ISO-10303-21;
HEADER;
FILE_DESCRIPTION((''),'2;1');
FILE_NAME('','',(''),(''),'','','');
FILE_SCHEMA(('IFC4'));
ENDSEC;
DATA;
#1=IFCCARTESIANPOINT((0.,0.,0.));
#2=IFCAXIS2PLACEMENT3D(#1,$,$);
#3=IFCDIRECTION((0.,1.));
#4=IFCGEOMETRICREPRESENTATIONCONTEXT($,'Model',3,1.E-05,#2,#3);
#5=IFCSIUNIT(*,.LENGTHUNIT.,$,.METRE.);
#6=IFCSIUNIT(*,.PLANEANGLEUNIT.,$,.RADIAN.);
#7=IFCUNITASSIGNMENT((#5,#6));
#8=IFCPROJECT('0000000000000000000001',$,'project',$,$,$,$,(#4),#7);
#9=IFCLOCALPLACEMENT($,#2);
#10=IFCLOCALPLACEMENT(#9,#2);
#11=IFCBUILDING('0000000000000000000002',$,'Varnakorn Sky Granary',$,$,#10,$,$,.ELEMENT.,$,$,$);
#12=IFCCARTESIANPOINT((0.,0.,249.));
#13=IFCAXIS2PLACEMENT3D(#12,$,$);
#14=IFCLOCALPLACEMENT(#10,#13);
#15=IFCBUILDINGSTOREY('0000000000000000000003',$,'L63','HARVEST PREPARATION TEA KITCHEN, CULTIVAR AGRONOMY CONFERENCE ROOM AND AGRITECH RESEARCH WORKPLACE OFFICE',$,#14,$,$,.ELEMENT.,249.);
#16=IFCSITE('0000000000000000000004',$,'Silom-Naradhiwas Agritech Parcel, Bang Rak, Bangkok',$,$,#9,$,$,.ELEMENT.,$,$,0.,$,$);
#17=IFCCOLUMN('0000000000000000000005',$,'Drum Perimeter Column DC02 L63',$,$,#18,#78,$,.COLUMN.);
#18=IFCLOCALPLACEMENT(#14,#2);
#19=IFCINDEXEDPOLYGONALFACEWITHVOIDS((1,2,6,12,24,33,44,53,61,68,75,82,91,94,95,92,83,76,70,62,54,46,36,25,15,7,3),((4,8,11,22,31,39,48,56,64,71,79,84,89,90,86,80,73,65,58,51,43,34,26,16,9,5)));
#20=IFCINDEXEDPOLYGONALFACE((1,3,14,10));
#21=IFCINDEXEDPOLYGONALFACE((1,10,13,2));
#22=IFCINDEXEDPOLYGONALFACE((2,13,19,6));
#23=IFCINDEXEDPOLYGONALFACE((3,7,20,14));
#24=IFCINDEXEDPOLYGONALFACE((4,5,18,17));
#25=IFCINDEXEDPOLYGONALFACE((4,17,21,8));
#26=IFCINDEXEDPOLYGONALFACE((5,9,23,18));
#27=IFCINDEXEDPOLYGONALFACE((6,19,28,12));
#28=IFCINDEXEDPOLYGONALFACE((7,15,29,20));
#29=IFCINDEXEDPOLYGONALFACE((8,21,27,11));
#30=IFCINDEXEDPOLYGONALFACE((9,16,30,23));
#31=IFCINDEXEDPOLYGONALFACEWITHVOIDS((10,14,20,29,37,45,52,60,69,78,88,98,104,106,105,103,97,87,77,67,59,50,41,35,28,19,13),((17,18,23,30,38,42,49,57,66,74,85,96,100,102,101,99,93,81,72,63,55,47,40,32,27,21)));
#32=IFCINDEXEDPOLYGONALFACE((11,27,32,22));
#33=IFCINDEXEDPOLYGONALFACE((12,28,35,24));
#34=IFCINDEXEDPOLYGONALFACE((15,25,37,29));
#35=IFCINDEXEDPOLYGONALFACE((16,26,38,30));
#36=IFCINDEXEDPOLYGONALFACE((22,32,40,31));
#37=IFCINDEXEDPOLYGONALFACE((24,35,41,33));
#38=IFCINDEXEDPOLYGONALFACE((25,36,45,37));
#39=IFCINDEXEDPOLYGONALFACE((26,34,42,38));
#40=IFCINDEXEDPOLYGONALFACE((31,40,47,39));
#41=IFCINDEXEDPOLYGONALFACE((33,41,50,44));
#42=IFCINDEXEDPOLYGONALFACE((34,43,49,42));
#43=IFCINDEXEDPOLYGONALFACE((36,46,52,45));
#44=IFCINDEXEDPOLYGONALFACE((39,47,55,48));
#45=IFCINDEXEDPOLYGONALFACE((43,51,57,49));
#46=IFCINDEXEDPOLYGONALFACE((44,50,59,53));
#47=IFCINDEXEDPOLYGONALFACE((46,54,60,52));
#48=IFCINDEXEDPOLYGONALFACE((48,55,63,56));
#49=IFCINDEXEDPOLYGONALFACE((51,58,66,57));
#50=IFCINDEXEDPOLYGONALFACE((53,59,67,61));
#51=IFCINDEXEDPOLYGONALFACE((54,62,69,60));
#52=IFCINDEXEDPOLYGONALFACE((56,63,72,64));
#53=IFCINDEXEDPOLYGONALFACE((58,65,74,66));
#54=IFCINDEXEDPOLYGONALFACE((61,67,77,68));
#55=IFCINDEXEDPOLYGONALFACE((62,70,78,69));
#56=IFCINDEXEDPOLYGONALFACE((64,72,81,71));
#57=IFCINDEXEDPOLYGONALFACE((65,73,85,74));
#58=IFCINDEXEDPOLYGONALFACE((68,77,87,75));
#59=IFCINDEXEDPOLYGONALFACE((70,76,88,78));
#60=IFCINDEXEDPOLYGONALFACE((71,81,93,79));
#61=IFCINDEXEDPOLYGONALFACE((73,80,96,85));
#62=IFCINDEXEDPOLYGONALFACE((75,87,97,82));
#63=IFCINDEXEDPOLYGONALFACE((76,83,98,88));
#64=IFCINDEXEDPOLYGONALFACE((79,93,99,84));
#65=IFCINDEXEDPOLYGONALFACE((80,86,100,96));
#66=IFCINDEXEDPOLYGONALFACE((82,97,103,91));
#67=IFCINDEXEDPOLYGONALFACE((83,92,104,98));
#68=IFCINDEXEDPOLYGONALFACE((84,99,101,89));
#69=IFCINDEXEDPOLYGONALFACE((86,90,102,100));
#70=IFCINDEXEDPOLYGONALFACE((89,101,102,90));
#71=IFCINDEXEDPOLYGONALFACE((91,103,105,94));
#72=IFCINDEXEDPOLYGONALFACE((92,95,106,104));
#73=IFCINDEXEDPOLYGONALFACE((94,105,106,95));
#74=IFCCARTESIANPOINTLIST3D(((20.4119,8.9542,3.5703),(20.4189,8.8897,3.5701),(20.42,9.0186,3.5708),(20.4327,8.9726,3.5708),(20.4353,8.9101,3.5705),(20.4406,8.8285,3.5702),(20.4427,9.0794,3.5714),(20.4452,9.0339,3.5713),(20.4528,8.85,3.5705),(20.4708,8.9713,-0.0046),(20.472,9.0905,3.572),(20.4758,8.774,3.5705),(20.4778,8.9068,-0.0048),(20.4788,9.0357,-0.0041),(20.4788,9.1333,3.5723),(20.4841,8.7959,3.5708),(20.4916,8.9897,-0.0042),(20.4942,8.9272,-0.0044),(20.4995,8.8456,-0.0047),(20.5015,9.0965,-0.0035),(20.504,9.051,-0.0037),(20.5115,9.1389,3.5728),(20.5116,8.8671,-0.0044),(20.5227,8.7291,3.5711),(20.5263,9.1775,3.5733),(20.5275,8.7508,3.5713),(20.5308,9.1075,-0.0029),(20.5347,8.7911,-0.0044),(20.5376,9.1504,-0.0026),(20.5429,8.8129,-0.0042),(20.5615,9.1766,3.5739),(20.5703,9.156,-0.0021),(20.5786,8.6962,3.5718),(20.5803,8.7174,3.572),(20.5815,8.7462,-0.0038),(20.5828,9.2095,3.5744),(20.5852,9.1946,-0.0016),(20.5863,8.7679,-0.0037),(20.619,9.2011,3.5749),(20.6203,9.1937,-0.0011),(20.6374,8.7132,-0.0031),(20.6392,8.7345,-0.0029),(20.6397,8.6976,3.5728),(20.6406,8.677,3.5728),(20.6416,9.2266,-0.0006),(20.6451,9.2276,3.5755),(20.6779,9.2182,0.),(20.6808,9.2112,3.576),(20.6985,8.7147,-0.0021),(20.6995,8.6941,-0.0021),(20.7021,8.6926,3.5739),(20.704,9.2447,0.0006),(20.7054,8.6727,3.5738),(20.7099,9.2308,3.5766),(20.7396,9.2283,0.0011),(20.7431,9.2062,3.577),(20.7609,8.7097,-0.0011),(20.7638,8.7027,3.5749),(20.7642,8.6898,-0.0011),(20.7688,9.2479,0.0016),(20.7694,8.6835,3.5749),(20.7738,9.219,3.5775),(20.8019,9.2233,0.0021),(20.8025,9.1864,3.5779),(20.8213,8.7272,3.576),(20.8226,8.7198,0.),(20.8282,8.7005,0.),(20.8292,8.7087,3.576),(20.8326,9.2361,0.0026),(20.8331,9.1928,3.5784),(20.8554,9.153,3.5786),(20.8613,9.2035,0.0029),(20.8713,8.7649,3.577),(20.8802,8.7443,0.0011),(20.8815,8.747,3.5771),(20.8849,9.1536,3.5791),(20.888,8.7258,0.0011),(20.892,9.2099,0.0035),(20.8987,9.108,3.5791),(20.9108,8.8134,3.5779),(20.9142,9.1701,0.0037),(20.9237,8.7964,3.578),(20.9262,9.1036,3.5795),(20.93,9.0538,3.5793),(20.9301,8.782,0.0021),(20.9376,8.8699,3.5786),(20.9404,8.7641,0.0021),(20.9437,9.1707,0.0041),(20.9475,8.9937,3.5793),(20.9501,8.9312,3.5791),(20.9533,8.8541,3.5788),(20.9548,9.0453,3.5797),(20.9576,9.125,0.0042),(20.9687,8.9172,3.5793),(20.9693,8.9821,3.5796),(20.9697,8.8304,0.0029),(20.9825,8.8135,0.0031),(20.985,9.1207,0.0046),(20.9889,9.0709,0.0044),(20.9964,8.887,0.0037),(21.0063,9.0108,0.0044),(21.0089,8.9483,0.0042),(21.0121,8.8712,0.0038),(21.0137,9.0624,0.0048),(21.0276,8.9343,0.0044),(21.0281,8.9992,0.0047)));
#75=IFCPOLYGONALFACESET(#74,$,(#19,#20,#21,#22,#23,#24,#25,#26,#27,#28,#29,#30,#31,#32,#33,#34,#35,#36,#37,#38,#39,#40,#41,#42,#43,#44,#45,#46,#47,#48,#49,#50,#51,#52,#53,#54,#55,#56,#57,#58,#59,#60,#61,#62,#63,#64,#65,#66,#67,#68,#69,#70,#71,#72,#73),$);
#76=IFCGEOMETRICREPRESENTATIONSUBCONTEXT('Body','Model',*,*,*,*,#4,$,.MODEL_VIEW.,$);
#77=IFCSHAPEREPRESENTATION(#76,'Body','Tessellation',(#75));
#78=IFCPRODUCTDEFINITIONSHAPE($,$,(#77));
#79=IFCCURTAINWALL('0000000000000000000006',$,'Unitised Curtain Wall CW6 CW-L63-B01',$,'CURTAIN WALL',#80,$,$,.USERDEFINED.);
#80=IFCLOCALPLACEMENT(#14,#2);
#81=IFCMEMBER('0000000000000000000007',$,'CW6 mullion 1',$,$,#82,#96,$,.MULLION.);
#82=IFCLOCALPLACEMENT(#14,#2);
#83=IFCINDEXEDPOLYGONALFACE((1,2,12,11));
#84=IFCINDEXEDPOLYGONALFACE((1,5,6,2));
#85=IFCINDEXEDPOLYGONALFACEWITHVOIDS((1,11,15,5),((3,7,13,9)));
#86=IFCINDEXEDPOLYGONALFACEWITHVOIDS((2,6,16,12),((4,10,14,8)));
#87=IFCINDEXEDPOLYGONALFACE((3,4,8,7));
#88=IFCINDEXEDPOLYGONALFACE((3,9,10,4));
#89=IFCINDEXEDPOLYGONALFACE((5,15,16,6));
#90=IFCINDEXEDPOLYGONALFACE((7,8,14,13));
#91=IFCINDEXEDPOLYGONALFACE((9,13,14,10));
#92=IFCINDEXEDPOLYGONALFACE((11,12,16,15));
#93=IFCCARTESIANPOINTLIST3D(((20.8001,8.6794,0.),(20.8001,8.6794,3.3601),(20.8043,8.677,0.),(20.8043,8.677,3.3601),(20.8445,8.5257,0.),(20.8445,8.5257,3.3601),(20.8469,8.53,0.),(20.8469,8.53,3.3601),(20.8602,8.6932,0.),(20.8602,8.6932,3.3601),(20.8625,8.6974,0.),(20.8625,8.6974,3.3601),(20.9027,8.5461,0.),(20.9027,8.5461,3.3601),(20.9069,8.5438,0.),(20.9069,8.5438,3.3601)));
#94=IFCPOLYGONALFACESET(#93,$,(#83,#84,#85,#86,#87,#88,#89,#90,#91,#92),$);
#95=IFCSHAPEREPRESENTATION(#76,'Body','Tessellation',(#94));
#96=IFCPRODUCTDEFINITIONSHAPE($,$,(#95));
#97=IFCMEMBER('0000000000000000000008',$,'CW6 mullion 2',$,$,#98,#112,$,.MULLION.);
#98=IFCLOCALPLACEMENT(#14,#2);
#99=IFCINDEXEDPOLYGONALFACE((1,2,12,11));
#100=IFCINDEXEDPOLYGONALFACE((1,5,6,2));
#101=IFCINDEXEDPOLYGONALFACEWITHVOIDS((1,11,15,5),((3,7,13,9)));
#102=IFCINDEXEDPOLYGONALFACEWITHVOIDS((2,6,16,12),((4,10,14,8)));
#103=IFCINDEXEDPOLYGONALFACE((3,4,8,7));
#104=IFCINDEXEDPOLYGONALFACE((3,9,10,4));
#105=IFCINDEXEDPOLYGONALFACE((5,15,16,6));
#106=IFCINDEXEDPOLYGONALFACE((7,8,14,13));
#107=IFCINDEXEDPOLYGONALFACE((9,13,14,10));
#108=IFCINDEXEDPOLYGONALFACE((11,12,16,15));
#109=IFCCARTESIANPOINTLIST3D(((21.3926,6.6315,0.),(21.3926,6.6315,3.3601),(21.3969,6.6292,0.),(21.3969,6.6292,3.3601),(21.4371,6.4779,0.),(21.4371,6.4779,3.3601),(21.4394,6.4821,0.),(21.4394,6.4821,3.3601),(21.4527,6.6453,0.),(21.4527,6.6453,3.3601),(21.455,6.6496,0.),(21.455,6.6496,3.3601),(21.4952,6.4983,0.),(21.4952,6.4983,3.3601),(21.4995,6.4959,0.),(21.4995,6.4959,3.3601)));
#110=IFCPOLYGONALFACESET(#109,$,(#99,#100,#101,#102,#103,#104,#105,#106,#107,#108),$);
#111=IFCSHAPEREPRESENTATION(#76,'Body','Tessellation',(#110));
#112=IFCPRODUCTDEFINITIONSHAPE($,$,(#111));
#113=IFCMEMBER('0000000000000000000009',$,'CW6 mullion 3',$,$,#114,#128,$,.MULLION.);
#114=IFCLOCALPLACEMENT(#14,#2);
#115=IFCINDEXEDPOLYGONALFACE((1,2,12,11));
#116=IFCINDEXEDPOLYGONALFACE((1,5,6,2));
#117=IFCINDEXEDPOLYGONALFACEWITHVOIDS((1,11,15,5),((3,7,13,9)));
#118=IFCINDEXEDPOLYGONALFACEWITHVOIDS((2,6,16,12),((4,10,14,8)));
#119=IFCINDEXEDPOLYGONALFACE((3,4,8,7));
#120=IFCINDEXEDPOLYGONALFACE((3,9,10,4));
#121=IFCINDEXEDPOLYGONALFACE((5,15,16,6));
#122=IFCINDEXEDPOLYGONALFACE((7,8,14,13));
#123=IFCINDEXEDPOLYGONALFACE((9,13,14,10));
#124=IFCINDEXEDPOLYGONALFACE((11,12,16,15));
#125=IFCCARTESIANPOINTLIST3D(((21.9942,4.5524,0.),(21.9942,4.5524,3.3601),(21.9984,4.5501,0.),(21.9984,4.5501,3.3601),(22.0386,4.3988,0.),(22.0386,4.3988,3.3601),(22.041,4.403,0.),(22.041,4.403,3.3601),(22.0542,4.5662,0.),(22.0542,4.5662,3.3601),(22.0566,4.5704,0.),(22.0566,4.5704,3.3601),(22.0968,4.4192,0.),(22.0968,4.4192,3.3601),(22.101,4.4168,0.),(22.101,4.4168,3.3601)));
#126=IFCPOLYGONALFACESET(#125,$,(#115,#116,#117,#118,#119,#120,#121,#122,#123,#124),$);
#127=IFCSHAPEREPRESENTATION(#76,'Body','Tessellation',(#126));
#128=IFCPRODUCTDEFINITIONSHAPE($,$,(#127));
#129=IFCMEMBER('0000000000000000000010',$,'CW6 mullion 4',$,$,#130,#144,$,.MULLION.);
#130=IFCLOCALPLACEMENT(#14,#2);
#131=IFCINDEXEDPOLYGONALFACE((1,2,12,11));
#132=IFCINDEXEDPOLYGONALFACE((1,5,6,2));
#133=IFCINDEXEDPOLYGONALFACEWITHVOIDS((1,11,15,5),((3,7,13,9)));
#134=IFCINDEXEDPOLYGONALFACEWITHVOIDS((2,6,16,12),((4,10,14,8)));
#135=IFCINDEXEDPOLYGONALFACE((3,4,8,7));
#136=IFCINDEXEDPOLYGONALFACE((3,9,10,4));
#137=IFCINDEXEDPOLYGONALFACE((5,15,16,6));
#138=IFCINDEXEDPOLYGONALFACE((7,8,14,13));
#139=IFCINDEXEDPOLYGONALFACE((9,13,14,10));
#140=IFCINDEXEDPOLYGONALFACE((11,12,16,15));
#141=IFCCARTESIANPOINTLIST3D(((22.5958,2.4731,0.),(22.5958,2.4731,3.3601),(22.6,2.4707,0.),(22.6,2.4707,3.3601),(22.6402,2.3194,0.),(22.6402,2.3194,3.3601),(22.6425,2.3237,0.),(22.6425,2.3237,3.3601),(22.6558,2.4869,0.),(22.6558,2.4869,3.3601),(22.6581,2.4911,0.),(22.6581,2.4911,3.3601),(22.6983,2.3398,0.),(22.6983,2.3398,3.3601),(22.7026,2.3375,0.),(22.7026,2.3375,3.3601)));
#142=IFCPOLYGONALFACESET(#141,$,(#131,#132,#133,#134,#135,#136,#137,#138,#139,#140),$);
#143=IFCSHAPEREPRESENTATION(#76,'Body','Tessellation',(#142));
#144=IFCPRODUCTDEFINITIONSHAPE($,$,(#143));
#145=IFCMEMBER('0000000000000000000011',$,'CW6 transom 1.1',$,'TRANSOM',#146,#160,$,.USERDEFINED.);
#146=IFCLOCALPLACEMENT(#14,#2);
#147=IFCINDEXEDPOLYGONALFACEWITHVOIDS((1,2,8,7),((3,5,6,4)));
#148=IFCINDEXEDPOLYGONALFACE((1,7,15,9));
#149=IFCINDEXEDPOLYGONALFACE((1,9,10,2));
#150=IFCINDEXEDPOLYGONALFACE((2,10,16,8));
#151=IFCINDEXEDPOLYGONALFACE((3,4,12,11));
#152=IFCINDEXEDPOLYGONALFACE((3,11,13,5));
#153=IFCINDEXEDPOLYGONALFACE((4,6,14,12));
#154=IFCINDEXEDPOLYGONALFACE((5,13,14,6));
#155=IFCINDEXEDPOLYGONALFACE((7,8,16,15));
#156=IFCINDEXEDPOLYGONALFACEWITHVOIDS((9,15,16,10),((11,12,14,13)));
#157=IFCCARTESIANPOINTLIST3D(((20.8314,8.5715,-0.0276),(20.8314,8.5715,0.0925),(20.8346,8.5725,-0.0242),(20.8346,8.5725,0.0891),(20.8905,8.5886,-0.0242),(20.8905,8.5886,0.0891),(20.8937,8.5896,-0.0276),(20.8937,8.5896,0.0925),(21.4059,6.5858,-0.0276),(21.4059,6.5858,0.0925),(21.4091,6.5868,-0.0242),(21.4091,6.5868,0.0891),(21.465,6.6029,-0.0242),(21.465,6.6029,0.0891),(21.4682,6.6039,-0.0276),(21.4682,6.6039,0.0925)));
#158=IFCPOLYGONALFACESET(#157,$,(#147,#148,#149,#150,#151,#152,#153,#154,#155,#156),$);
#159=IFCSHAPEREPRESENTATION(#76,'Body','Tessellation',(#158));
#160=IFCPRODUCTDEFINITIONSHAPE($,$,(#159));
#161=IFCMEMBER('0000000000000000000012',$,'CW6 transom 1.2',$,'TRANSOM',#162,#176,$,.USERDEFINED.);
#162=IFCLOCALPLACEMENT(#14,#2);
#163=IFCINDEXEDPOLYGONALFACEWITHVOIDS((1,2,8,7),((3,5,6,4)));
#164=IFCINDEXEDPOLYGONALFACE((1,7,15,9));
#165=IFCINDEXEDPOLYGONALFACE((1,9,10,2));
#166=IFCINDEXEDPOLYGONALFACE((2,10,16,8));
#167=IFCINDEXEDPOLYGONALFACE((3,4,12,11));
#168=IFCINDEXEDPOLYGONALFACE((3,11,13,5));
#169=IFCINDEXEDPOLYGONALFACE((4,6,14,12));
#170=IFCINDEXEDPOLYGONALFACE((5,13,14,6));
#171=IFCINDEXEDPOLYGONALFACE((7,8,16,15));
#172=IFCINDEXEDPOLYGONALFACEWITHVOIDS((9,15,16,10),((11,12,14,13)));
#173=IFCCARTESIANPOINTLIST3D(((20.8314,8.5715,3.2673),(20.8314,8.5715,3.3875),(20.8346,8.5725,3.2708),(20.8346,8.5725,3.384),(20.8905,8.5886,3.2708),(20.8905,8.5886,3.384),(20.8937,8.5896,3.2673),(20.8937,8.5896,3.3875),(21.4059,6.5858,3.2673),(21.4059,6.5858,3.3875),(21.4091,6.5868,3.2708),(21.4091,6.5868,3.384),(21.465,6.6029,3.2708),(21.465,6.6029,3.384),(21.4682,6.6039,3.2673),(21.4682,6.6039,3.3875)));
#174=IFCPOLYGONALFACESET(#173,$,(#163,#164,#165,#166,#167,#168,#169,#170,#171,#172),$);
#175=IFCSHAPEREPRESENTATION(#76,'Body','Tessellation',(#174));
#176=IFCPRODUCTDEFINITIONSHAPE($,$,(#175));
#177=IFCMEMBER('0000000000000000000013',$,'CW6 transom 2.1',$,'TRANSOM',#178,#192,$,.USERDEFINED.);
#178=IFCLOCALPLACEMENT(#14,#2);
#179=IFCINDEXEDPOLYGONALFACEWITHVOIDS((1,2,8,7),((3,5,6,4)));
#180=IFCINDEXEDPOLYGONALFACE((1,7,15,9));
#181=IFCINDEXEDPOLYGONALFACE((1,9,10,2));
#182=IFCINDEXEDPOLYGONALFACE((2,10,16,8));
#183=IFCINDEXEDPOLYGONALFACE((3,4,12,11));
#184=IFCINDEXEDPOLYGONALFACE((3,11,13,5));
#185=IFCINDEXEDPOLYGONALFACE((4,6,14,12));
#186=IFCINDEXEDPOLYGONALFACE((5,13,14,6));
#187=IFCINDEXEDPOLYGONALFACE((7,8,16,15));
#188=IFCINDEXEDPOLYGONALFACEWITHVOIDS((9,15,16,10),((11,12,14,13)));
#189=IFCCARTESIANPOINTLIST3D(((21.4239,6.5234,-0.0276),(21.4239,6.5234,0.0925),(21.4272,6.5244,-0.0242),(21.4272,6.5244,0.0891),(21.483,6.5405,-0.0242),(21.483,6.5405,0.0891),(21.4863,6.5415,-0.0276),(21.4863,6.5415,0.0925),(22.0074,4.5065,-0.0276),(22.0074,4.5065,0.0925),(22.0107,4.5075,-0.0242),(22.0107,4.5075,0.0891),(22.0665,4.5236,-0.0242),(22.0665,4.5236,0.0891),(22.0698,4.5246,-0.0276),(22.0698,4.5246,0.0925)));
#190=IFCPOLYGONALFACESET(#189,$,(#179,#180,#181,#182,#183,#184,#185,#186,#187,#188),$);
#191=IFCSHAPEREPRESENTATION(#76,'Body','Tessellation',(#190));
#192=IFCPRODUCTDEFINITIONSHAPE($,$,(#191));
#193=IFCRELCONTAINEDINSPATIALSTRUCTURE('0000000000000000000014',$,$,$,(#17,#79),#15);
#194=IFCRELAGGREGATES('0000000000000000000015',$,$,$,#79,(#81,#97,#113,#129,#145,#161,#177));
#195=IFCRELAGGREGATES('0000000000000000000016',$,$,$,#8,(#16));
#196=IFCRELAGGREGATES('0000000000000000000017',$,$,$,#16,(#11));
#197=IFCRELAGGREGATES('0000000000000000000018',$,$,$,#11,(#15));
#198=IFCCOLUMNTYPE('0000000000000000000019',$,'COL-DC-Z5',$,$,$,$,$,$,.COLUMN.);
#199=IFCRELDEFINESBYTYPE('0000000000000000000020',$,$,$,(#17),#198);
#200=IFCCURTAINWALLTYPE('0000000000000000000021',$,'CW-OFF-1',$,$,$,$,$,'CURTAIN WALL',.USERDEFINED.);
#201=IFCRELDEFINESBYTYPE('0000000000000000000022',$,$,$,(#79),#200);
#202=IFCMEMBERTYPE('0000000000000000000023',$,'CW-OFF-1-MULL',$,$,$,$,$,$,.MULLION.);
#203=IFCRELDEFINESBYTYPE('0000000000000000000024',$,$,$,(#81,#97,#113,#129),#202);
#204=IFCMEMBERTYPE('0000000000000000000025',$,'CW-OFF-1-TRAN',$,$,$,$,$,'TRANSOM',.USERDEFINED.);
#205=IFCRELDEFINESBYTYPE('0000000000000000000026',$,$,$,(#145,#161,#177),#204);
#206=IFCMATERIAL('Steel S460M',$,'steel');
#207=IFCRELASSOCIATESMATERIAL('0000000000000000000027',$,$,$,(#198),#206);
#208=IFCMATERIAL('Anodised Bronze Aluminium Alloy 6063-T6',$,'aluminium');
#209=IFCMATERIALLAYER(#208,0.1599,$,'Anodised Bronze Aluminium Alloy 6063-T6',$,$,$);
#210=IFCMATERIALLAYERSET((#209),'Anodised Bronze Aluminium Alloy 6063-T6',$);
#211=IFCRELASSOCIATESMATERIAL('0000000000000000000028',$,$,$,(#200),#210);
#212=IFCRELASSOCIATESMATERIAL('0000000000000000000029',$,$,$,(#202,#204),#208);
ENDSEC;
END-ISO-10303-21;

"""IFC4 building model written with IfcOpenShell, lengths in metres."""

from ifc_helpers import new_model, si_unit, direction, frame, origin, origin_2d, place, context, subcontext, project, spatial, hollow_rectangle, hollow_circle, extrude, material, layer, layer_set, material_profile, profile_set, type_object, element, aggregate, save


model = new_model("IFC4")

# Units and contexts
model_context = context("Model", 3, precision=1e-05, world=origin(), true_north=direction((0.0, 1.0)))
body_context = subcontext(model_context, "Body", "Model", "MODEL_VIEW")
ifc_project = project(units=[si_unit("LENGTHUNIT", "METRE"), si_unit("PLANEANGLEUNIT", "RADIAN")], contexts=[model_context])

# Site, building, storey
site_placement = place(None, origin())
site = spatial("IfcSite", under=ifc_project, at=site_placement, Name="Silom-Naradhiwas Agritech Parcel, Bang Rak, Bangkok", CompositionType="ELEMENT", RefElevation=0.0)
building_placement = place(site_placement, origin())
building = spatial("IfcBuilding", under=site, at=building_placement, Name="Varnakorn Sky Granary", CompositionType="ELEMENT")
storey_placement = place(building_placement, frame((0.0, 0.0, 249.0)))
storey = spatial("IfcBuildingStorey", under=building, at=storey_placement, Name="L63", Description="HARVEST PREPARATION TEA KITCHEN, CULTIVAR AGRONOMY CONFERENCE ROOM AND AGRITECH RESEARCH WORKPLACE OFFICE", CompositionType="ELEMENT", Elevation=249.0)

# Column
ifc_material_1 = material(Name="Steel S460M", Category="steel")
ifc_material_profile_1 = material_profile(ifc_material_1, hollow_circle(Radius=0.2795, WallThickness=0.02, at=origin_2d()), Name="CHS 559x20")
ifc_profile_set_1 = profile_set([ifc_material_profile_1], Name="Steel S460M")
column_type = type_object("IfcColumnType", Name="COL-DC-Z5", PredefinedType="COLUMN", material=ifc_profile_set_1)
column_placement = place(storey_placement, frame((20.7502, 8.969, 0.0), z_axis=(-0.016456, -0.00478, 0.999853), x_axis=(0.278929, -0.960312, 0.0)))
element("IfcColumn", 1, at=column_placement, inside=storey, type_object=column_type, Name="Drum Perimeter Column DC02 L63", PredefinedType="COLUMN", context=body_context, shape_type="SweptSolid", body=[
    extrude(hollow_circle(Radius=0.2795, WallThickness=0.02, at=origin_2d()), origin(), (0.0, 0.0, 1.0), 3.5754),
])

# Curtain wall, members
ifc_material_2 = material(Name="Anodised Bronze Aluminium Alloy 6063-T6", Category="aluminium")
ifc_layer_1 = layer(ifc_material_2, 0.1599, Name="Anodised Bronze Aluminium Alloy 6063-T6")
ifc_layer_set_1 = layer_set([ifc_layer_1], Name="Anodised Bronze Aluminium Alloy 6063-T6")
curtain_wall_type = type_object("IfcCurtainWallType", Name="CW-OFF-1", ElementType="CURTAIN WALL", PredefinedType="USERDEFINED", material=ifc_layer_set_1)
curtain_wall_placement = place(storey_placement, origin())
curtain_wall = element("IfcCurtainWall", 2, at=curtain_wall_placement, inside=storey, type_object=curtain_wall_type, Name="Unitised Curtain Wall CW6 CW-L63-B01", ObjectType="CURTAIN WALL", PredefinedType="USERDEFINED")
ifc_material_profile_2 = material_profile(ifc_material_2, hollow_rectangle(XDim=0.0649, YDim=0.1599, WallThickness=0.0034, at=origin_2d()), Name="ALU MULL 65x160")
ifc_profile_set_2 = profile_set([ifc_material_profile_2], Name="Anodised Bronze Aluminium Alloy 6063-T6")
member_type_1 = type_object("IfcMemberType", Name="CW-OFF-1-MULL", PredefinedType="MULLION", material=ifc_profile_set_2)
member_1_placement = place(storey_placement, frame((20.8535, 8.6116, 0.0), z_axis=(0.0, 0.0, 1.0), x_axis=(0.96061, 0.277899, 0.0)))
member_1 = element("IfcMember", 3, at=member_1_placement, type_object=member_type_1, Name="CW6 mullion 1", PredefinedType="MULLION", context=body_context, shape_type="SweptSolid", body=[
    extrude(hollow_rectangle(XDim=0.0649, YDim=0.1599, WallThickness=0.0034, at=origin_2d()), origin(), (0.0, 0.0, 1.0), 3.3601),
])
member_2_placement = place(storey_placement, frame((21.446, 6.5637, 0.0), z_axis=(0.0, 0.0, 1.0), x_axis=(0.96061, 0.277899, 0.0)))
member_2 = element("IfcMember", 4, at=member_2_placement, type_object=member_type_1, Name="CW6 mullion 2", PredefinedType="MULLION", context=body_context, shape_type="SweptSolid", body=[
    extrude(hollow_rectangle(XDim=0.0649, YDim=0.1599, WallThickness=0.0034, at=origin_2d()), origin(), (0.0, 0.0, 1.0), 3.3601),
])
member_3_placement = place(storey_placement, frame((22.0476, 4.4846, 0.0), z_axis=(0.0, 0.0, 1.0), x_axis=(0.96061, 0.277899, 0.0)))
member_3 = element("IfcMember", 5, at=member_3_placement, type_object=member_type_1, Name="CW6 mullion 3", PredefinedType="MULLION", context=body_context, shape_type="SweptSolid", body=[
    extrude(hollow_rectangle(XDim=0.0649, YDim=0.1599, WallThickness=0.0034, at=origin_2d()), origin(), (0.0, 0.0, 1.0), 3.3601),
])
member_4_placement = place(storey_placement, frame((22.6492, 2.4053, 0.0), z_axis=(0.0, 0.0, 1.0), x_axis=(0.96061, 0.277899, 0.0)))
member_4 = element("IfcMember", 6, at=member_4_placement, type_object=member_type_1, Name="CW6 mullion 4", PredefinedType="MULLION", context=body_context, shape_type="SweptSolid", body=[
    extrude(hollow_rectangle(XDim=0.0649, YDim=0.1599, WallThickness=0.0034, at=origin_2d()), origin(), (0.0, 0.0, 1.0), 3.3601),
])
ifc_material_profile_3 = material_profile(ifc_material_2, hollow_rectangle(XDim=0.0649, YDim=0.1201, WallThickness=0.0034, at=origin_2d()), Name="ALU TRAN 65x120")
ifc_profile_set_3 = profile_set([ifc_material_profile_3], Name="Anodised Bronze Aluminium Alloy 6063-T6")
member_type_2 = type_object("IfcMemberType", Name="CW-OFF-1-TRAN", ElementType="TRANSOM", PredefinedType="USERDEFINED", material=ifc_profile_set_3)
member_5_placement = place(storey_placement, frame((20.8625, 8.5806, 0.0325), z_axis=(0.277918, -0.960605, 0.0), x_axis=(0.960605, 0.277918, 0.0)))
member_5 = element("IfcMember", 7, at=member_5_placement, type_object=member_type_2, Name="CW6 transom 1.1", ObjectType="TRANSOM", PredefinedType="USERDEFINED", context=body_context, shape_type="SweptSolid", body=[
    extrude(hollow_rectangle(XDim=0.0649, YDim=0.1201, WallThickness=0.0034, at=origin_2d()), origin(), (0.0, 0.0, 1.0), 2.0671),
])
member_6_placement = place(storey_placement, frame((20.8625, 8.5806, 3.3274), z_axis=(0.277918, -0.960605, 0.0), x_axis=(0.960605, 0.277918, 0.0)))
member_6 = element("IfcMember", 8, at=member_6_placement, type_object=member_type_2, Name="CW6 transom 1.2", ObjectType="TRANSOM", PredefinedType="USERDEFINED", context=body_context, shape_type="SweptSolid", body=[
    extrude(hollow_rectangle(XDim=0.0649, YDim=0.1201, WallThickness=0.0034, at=origin_2d()), origin(), (0.0, 0.0, 1.0), 2.0671),
])
member_7_placement = place(storey_placement, frame((21.4551, 6.5325, 0.0325), z_axis=(0.277914, -0.960606, 0.0), x_axis=(0.960606, 0.277914, 0.0)))
member_7 = element("IfcMember", 9, at=member_7_placement, type_object=member_type_2, Name="CW6 transom 2.1", ObjectType="TRANSOM", PredefinedType="USERDEFINED", context=body_context, shape_type="SweptSolid", body=[
    extrude(hollow_rectangle(XDim=0.0649, YDim=0.1201, WallThickness=0.0034, at=origin_2d()), origin(), (0.0, 0.0, 1.0), 2.0996),
])
aggregate(curtain_wall, [member_1, member_2, member_3, member_4, member_5, member_6, member_7])

save(model, "model.ifc")
